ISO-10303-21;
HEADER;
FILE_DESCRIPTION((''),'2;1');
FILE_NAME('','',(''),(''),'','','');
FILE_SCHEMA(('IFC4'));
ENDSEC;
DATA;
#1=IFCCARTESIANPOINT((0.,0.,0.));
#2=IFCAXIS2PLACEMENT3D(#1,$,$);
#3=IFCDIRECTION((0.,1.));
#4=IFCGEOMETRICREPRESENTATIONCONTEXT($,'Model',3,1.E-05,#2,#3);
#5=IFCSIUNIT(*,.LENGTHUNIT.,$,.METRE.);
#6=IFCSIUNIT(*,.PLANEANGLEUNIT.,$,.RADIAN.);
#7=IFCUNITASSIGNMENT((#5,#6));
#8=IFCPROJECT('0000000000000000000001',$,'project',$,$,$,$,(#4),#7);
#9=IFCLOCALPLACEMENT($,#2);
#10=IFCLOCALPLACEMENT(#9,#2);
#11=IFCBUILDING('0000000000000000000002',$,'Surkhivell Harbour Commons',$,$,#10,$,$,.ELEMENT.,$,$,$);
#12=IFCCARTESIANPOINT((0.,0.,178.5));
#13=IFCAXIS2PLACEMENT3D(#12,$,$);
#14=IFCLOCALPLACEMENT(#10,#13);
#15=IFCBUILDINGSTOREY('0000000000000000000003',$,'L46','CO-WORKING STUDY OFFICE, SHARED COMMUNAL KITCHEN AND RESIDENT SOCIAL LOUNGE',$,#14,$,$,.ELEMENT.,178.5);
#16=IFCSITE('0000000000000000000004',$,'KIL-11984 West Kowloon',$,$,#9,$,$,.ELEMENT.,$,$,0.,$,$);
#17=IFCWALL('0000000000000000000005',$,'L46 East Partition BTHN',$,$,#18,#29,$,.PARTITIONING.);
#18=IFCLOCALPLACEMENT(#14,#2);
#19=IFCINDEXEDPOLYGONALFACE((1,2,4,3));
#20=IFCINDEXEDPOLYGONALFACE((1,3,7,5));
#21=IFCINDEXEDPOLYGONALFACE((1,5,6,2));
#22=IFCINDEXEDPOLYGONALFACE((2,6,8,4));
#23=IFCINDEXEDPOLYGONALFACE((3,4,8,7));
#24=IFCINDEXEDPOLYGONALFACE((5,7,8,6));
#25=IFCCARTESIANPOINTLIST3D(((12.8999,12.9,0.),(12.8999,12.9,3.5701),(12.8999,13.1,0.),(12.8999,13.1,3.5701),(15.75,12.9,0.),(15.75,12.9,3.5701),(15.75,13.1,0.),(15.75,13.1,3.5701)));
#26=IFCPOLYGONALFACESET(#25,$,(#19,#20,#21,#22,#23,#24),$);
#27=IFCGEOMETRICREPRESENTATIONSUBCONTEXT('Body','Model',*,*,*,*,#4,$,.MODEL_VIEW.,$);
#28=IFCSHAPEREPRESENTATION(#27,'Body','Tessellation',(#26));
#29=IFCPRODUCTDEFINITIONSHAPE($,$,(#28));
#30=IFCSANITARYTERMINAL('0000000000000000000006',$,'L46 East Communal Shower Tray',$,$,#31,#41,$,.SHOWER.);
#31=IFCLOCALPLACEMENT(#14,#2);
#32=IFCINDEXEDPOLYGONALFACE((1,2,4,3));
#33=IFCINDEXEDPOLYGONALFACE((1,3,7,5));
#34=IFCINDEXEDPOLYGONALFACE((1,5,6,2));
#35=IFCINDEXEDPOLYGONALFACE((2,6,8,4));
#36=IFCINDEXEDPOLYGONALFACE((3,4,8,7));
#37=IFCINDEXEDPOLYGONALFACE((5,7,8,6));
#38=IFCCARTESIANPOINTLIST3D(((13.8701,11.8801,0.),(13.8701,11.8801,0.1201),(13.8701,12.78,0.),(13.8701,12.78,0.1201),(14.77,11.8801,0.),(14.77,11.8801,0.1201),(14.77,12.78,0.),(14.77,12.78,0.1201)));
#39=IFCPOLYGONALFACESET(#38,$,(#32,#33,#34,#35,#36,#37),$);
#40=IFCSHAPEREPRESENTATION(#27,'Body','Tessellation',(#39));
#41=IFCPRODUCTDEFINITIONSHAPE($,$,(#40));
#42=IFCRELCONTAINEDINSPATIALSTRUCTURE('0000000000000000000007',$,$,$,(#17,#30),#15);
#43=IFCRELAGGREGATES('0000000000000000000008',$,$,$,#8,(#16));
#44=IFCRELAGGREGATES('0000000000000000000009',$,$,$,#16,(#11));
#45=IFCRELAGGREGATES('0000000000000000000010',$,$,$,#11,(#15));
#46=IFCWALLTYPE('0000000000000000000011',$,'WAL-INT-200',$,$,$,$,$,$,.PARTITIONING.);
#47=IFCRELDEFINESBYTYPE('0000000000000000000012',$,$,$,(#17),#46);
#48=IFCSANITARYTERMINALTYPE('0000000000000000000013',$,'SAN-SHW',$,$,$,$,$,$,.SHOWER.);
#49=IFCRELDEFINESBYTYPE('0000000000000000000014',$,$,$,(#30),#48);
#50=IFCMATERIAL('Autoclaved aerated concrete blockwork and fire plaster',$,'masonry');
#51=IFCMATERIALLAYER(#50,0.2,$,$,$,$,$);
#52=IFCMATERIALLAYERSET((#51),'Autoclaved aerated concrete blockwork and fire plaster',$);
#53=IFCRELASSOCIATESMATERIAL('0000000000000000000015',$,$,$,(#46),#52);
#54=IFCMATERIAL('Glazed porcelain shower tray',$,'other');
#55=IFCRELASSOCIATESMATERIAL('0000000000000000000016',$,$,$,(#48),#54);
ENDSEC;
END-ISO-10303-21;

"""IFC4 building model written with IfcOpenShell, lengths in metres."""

from ifc_helpers import new_model, si_unit, direction, frame, frame_2d, origin, origin_2d, place, context, subcontext, project, spatial, rectangle, extrude, material, layer, layer_set, type_object, element, save


model = new_model("IFC4")

# Units and contexts
model_context = context("Model", 3, precision=1e-05, world=origin(), true_north=direction((0.0, 1.0)))
body_context = subcontext(model_context, "Body", "Model", "MODEL_VIEW")
ifc_project = project(units=[si_unit("LENGTHUNIT", "METRE"), si_unit("PLANEANGLEUNIT", "RADIAN")], contexts=[model_context])

# Site, building, storey
site_placement = place(None, origin())
site = spatial("IfcSite", under=ifc_project, at=site_placement, Name="KIL-11984 West Kowloon", CompositionType="ELEMENT", RefElevation=0.0)
building_placement = place(site_placement, origin())
building = spatial("IfcBuilding", under=site, at=building_placement, Name="Surkhivell Harbour Commons", CompositionType="ELEMENT")
storey_placement = place(building_placement, frame((0.0, 0.0, 178.5)))
storey = spatial("IfcBuildingStorey", under=building, at=storey_placement, Name="L46", Description="CO-WORKING STUDY OFFICE, SHARED COMMUNAL KITCHEN AND RESIDENT SOCIAL LOUNGE", CompositionType="ELEMENT", Elevation=178.5)

# Wall
ifc_material_1 = material(Name="Autoclaved aerated concrete blockwork and fire plaster", Category="masonry")
ifc_layer_1 = layer(ifc_material_1, 0.2)
ifc_layer_set_1 = layer_set([ifc_layer_1], Name="Autoclaved aerated concrete blockwork and fire plaster")
wall_type_1 = type_object("IfcWallType", Name="WAL-INT-200", PredefinedType="PARTITIONING", material=ifc_layer_set_1)
wall_1_placement = place(storey_placement, frame((12.8999, 13.0, 0.0), z_axis=(0.0, 0.0, 1.0), x_axis=(1.0, 0.0, 0.0)))
element("IfcWall", 1, at=wall_1_placement, inside=storey, type_object=wall_type_1, Name="L46 East Partition BTHN", PredefinedType="PARTITIONING", context=body_context, shape_type="SweptSolid", body=[
    extrude(rectangle(XDim=2.8501, YDim=0.2, at=frame_2d((1.425, 0.0))), origin(), (0.0, 0.0, 1.0), 3.5701),
])

# Sanitary terminal
ifc_material_2 = material(Name="Glazed porcelain shower tray", Category="other")
sanitary_terminal_type = type_object("IfcSanitaryTerminalType", Name="SAN-SHW", PredefinedType="SHOWER", material=ifc_material_2)
sanitary_terminal_placement = place(storey_placement, frame((14.3201, 12.3301, 0.0), z_axis=(0.0, 0.0, 1.0), x_axis=(1.0, 0.0, 0.0)))
element("IfcSanitaryTerminal", 2, at=sanitary_terminal_placement, inside=storey, type_object=sanitary_terminal_type, Name="L46 East Communal Shower Tray", PredefinedType="SHOWER", context=body_context, shape_type="SweptSolid", body=[
    extrude(rectangle(XDim=0.8999, YDim=0.8999, at=origin_2d()), origin(), (0.0, 0.0, 1.0), 0.1201),
])

save(model, "model.ifc")
